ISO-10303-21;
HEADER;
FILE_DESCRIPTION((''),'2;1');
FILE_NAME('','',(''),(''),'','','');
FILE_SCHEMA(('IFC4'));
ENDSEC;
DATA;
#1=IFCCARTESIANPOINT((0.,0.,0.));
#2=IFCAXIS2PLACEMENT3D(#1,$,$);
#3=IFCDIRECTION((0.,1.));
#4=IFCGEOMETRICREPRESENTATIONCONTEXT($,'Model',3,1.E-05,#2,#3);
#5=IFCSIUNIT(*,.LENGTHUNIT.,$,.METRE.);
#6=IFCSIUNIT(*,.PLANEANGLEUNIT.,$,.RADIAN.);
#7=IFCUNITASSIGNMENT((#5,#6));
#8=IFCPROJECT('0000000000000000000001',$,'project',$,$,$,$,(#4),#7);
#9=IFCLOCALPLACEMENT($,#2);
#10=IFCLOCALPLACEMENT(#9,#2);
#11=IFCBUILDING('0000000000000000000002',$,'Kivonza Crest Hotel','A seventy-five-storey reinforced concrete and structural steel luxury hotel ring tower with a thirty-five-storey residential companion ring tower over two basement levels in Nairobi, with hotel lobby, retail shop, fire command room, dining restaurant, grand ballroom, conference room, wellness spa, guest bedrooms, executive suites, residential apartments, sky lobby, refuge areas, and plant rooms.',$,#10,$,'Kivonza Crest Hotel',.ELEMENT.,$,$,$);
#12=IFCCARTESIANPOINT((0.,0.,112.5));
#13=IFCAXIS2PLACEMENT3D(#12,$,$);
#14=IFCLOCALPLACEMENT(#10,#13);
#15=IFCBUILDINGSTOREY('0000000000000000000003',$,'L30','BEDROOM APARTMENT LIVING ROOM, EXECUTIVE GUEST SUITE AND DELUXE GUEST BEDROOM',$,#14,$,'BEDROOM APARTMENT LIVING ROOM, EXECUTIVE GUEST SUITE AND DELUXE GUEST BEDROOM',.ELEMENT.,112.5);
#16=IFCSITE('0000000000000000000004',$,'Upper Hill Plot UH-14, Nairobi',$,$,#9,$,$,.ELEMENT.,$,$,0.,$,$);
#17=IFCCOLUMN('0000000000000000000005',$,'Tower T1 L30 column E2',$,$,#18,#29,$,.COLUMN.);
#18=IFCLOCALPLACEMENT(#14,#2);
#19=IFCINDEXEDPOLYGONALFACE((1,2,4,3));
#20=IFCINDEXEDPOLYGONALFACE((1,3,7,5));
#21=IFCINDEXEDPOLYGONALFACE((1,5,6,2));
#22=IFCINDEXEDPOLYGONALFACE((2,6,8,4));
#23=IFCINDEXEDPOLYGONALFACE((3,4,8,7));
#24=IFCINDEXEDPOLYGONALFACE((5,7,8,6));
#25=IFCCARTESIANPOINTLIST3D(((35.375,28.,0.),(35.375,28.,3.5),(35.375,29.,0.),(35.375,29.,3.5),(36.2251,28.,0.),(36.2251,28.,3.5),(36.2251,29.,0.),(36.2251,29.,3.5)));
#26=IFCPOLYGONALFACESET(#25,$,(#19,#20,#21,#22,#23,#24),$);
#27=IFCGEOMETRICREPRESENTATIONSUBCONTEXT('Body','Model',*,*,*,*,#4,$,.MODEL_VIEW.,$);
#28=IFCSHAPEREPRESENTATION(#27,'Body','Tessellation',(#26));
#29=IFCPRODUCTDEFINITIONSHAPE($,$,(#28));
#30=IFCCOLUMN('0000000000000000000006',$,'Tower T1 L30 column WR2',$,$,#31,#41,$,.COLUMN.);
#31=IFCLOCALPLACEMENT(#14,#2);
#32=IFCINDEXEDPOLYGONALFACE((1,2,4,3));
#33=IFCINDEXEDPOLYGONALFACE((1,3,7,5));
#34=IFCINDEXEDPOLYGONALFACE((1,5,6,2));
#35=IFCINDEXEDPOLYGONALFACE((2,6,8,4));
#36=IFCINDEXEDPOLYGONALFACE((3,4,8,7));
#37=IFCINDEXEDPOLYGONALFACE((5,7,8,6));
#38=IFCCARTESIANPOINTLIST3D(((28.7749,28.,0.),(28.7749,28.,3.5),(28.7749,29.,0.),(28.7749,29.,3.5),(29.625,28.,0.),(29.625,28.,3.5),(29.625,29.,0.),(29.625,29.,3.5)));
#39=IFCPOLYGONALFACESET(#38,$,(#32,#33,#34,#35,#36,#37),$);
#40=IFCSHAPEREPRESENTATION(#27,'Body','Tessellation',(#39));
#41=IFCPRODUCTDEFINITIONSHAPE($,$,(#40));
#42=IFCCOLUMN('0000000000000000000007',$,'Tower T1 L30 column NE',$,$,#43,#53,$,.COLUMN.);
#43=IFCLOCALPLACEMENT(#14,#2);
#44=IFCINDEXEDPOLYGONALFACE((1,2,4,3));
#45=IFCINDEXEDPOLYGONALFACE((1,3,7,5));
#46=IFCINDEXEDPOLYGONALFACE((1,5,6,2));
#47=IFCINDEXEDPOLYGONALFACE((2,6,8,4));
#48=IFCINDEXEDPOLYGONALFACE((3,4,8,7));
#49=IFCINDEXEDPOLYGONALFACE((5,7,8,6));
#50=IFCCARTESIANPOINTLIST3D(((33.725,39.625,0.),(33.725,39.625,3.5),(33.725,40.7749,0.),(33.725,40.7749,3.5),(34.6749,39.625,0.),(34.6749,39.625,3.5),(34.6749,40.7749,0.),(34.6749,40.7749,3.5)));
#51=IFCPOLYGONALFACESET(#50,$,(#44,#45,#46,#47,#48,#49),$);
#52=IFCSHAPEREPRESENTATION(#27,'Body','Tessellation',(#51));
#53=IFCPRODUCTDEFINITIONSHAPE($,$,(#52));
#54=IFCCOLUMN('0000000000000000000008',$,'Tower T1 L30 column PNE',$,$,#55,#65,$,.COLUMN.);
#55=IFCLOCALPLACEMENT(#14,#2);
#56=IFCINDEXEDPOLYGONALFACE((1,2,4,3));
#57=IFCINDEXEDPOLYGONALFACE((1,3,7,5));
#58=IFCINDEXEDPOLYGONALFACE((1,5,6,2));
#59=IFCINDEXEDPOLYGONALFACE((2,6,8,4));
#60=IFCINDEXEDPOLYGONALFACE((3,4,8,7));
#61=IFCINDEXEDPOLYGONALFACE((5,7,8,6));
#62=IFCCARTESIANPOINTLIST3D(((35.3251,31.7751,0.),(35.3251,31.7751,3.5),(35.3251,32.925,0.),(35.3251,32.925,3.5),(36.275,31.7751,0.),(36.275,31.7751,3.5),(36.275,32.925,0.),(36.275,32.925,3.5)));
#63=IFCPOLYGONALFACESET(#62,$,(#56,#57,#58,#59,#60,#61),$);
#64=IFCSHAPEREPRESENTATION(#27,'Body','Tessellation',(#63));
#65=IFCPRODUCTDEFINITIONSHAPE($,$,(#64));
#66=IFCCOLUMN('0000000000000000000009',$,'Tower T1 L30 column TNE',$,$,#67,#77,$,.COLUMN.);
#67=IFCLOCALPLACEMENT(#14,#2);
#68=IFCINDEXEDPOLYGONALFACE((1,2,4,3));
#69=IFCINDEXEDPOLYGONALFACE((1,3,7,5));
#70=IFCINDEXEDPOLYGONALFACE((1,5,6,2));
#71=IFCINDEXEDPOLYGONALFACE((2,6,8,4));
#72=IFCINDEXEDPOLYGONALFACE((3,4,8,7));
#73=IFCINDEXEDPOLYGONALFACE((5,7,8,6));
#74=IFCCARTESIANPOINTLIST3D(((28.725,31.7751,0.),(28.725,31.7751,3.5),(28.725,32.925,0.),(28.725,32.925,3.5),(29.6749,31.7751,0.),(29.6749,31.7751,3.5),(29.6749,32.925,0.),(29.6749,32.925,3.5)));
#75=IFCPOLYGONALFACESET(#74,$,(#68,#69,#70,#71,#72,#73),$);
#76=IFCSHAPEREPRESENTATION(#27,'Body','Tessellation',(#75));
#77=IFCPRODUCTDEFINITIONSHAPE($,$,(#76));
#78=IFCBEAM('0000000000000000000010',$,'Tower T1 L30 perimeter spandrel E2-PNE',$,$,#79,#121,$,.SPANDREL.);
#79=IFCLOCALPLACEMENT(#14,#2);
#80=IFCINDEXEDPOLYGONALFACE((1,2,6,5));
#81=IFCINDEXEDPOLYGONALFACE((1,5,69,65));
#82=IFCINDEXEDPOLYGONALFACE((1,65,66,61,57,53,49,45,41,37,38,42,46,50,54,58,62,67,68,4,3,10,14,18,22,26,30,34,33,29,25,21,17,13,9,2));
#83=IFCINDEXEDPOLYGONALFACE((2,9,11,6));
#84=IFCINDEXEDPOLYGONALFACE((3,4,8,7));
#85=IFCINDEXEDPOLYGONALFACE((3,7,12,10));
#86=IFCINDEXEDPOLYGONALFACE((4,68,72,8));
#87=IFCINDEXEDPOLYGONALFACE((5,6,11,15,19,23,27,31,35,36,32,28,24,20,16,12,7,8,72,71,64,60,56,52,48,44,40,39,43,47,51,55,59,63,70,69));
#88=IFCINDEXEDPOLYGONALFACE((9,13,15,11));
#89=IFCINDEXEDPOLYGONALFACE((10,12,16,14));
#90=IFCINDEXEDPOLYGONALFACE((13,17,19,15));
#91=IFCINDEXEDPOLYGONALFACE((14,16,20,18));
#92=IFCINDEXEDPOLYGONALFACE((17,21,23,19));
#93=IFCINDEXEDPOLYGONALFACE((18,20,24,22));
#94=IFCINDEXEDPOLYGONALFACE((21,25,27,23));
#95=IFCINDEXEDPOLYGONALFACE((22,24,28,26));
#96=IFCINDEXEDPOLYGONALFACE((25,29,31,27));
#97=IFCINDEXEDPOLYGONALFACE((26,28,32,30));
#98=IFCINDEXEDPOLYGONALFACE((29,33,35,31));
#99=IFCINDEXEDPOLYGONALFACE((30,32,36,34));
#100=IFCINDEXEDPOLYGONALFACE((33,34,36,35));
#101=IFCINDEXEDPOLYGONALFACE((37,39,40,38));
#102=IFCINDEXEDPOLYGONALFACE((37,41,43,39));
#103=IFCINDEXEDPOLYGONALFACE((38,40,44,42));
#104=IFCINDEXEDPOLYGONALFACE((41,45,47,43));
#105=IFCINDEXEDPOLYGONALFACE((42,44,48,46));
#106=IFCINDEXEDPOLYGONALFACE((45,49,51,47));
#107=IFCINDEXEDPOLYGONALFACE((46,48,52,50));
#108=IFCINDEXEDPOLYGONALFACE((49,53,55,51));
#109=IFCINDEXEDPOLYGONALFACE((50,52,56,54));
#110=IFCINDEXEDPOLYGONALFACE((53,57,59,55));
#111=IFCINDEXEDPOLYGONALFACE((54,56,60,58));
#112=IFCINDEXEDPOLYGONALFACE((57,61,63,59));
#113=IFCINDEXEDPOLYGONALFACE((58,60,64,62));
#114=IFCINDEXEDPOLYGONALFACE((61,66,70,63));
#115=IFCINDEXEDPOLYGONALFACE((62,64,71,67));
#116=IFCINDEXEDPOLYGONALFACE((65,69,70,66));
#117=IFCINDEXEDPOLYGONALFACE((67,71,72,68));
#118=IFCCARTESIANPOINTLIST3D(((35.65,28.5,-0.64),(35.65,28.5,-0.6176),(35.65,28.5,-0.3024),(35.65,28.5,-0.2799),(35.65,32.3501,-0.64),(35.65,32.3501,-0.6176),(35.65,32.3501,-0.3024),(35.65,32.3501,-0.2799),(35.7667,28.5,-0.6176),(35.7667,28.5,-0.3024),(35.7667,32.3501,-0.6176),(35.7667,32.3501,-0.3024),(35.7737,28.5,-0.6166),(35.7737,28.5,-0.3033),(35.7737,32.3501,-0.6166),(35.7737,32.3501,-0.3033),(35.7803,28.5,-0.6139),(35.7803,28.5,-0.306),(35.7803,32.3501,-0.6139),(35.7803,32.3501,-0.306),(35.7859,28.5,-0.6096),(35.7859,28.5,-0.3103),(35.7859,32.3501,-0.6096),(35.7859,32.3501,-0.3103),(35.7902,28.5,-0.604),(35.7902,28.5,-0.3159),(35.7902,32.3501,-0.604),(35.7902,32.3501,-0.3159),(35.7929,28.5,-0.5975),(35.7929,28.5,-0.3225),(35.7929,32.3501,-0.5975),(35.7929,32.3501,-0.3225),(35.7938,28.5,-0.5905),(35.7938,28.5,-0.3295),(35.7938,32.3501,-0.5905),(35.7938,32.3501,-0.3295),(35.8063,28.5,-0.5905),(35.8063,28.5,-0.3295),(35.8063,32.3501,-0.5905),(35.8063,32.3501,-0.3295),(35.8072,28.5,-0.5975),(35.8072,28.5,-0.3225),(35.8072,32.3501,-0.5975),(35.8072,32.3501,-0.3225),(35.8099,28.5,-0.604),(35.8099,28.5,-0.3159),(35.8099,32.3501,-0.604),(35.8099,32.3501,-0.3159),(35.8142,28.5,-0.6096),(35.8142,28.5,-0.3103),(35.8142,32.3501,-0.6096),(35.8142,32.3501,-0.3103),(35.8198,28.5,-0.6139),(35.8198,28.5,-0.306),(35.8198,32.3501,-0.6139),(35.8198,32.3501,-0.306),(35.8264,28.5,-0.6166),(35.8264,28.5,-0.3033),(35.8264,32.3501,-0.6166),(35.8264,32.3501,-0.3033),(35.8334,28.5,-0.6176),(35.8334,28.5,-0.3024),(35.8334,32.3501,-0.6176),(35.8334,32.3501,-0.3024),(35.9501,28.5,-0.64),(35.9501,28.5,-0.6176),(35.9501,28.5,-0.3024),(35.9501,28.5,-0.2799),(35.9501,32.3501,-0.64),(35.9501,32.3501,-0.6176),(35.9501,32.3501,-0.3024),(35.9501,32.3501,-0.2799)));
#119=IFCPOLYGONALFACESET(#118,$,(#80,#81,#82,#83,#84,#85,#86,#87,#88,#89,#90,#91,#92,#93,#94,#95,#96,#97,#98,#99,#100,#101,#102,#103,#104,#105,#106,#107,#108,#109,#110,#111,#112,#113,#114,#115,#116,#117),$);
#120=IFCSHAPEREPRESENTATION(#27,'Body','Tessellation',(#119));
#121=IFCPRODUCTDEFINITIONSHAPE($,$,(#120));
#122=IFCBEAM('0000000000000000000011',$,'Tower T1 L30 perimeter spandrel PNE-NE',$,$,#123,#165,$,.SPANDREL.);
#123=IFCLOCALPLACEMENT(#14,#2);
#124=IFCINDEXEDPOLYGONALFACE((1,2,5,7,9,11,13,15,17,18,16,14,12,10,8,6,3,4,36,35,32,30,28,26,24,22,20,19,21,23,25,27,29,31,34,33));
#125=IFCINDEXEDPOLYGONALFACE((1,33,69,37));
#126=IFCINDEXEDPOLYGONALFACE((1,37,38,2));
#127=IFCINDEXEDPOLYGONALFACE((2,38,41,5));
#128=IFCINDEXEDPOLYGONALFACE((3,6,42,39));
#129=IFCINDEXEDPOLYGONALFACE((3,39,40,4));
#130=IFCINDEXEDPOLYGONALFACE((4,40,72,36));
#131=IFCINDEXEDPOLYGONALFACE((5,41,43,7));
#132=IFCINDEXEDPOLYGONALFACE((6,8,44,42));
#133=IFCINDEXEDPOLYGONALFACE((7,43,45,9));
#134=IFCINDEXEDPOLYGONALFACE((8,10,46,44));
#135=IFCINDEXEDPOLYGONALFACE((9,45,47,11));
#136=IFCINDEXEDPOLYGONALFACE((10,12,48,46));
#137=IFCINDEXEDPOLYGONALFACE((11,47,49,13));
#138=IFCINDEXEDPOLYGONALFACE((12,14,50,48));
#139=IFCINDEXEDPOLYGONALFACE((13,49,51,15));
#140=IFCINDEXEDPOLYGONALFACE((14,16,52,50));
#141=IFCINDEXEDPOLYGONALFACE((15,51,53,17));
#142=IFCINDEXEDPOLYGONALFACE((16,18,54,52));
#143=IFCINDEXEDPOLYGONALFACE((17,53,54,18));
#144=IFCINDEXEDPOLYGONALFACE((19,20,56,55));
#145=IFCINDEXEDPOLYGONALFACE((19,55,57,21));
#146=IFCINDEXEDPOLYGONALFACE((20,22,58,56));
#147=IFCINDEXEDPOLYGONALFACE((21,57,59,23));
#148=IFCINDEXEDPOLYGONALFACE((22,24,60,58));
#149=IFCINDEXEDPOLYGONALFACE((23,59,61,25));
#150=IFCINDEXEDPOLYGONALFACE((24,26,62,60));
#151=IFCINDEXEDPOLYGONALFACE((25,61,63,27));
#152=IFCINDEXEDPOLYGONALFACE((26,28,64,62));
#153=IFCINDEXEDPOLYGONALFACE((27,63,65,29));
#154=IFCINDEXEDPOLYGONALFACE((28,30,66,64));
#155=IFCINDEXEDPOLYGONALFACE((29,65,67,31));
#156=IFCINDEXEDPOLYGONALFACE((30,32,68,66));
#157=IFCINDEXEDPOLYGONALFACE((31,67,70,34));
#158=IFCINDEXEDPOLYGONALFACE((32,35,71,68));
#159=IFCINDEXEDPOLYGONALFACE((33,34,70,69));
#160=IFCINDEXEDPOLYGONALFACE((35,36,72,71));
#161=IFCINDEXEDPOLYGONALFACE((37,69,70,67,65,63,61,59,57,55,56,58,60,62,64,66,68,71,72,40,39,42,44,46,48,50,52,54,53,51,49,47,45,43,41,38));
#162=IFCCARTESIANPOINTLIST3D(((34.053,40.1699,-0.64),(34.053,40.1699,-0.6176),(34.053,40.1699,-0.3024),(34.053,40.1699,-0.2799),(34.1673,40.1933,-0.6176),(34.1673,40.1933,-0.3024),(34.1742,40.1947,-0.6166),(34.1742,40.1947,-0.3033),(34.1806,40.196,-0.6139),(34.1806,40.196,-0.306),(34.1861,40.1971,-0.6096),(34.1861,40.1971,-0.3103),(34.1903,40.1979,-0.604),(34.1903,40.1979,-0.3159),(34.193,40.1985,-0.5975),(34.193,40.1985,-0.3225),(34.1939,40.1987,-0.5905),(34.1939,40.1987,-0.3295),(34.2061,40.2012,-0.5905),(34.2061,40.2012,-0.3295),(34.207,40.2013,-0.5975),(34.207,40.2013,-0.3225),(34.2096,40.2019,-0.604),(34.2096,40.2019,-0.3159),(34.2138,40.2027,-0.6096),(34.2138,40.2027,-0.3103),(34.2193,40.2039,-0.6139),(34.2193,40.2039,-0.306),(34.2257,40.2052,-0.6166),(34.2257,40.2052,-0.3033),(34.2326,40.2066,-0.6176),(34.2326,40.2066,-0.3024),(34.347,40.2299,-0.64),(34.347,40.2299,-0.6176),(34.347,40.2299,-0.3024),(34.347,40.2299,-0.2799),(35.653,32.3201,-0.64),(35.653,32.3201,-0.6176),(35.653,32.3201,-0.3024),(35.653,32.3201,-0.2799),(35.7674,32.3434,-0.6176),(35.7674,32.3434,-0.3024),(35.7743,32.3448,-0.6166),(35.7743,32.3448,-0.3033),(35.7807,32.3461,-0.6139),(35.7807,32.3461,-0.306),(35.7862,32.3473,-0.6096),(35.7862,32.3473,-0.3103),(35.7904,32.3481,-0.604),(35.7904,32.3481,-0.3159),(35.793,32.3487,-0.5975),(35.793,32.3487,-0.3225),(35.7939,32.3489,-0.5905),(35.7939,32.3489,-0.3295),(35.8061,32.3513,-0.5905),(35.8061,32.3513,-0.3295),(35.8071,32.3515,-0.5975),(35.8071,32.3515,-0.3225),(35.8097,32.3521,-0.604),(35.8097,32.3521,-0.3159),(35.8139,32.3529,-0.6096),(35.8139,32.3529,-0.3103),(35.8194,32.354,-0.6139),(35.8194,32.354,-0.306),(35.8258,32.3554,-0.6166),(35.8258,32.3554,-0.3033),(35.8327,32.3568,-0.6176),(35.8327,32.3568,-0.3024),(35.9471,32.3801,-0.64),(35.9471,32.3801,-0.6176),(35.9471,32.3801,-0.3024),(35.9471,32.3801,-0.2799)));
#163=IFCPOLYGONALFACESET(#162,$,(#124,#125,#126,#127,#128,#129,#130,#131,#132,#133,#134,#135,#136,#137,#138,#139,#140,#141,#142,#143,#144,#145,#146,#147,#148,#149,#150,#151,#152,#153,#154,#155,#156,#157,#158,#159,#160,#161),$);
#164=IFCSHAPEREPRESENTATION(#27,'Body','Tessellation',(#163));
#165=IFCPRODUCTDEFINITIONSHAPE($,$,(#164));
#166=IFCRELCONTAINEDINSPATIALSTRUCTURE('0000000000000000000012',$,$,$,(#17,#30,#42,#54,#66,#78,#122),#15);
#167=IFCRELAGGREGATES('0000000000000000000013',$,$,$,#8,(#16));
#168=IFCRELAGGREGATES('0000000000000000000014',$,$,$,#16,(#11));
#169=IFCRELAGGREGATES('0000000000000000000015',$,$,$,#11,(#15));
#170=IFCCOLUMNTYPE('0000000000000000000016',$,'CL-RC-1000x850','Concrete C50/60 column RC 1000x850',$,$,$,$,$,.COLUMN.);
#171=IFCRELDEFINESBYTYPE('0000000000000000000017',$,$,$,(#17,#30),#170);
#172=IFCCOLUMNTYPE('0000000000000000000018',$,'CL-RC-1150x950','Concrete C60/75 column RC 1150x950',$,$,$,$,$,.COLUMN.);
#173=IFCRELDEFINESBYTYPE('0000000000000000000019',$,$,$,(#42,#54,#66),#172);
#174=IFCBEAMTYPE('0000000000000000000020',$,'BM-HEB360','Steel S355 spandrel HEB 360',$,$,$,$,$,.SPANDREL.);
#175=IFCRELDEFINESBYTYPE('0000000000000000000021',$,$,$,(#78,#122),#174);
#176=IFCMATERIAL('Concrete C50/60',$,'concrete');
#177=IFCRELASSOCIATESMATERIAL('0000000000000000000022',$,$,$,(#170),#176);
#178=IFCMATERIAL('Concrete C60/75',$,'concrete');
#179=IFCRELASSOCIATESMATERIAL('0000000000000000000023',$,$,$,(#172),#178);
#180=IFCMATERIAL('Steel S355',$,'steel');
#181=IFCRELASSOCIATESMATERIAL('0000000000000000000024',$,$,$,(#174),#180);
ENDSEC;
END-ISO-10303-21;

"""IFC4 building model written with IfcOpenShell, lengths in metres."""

from ifc_helpers import new_model, si_unit, direction, frame, origin, origin_2d, place, context, subcontext, project, spatial, rectangle, i_section, extrude, material, material_profile, profile_set, type_object, element, save


model = new_model("IFC4")

# Units and contexts
model_context = context("Model", 3, precision=1e-05, world=origin(), true_north=direction((0.0, 1.0)))
body_context = subcontext(model_context, "Body", "Model", "MODEL_VIEW")
ifc_project = project(units=[si_unit("LENGTHUNIT", "METRE"), si_unit("PLANEANGLEUNIT", "RADIAN")], contexts=[model_context])

# Site, building, storey
site_placement = place(None, origin())
site = spatial("IfcSite", under=ifc_project, at=site_placement, Name="Upper Hill Plot UH-14, Nairobi", CompositionType="ELEMENT", RefElevation=0.0)
building_placement = place(site_placement, origin())
building = spatial("IfcBuilding", under=site, at=building_placement, Name="Kivonza Crest Hotel", Description="A seventy-five-storey reinforced concrete and structural steel luxury hotel ring tower with a thirty-five-storey residential companion ring tower over two basement levels in Nairobi, with hotel lobby, retail shop, fire command room, dining restaurant, grand ballroom, conference room, wellness spa, guest bedrooms, executive suites, residential apartments, sky lobby, refuge areas, and plant rooms.", LongName="Kivonza Crest Hotel", CompositionType="ELEMENT")
storey_placement = place(building_placement, frame((0.0, 0.0, 112.5)))
storey = spatial("IfcBuildingStorey", under=building, at=storey_placement, Name="L30", Description="BEDROOM APARTMENT LIVING ROOM, EXECUTIVE GUEST SUITE AND DELUXE GUEST BEDROOM", LongName="BEDROOM APARTMENT LIVING ROOM, EXECUTIVE GUEST SUITE AND DELUXE GUEST BEDROOM", CompositionType="ELEMENT", Elevation=112.5)

# Columns
ifc_material_1 = material(Name="Concrete C50/60", Category="concrete")
ifc_material_profile_1 = material_profile(ifc_material_1, rectangle(XDim=0.8501, YDim=1.0, at=origin_2d()), Name="RC 1000x850")
ifc_profile_set_1 = profile_set([ifc_material_profile_1], Name="Concrete C50/60")
column_type_1 = type_object("IfcColumnType", Name="CL-RC-1000x850", Description="Concrete C50/60 column RC 1000x850", PredefinedType="COLUMN", material=ifc_profile_set_1)
for number, where, z_axis, x_axis, name in (
    (1, (35.8, 28.5, 0.0), (0.0, 0.0, 1.0), (1.0, 0.0, 0.0), "Tower T1 L30 column E2"),
    (2, (29.2, 28.5, 0.0), (0.0, 0.0, 1.0), (1.0, 0.0, 0.0), "Tower T1 L30 column WR2"),
):
    element("IfcColumn", number, at=place(storey_placement, frame(where, z_axis=z_axis, x_axis=x_axis)), inside=storey, type_object=column_type_1, Name=name, PredefinedType="COLUMN", context=body_context, shape_type="SweptSolid", body=[
        extrude(rectangle(XDim=0.8501, YDim=1.0, at=origin_2d()), origin(), (0.0, 0.0, 1.0), 3.5),
    ])
ifc_material_2 = material(Name="Concrete C60/75", Category="concrete")
ifc_material_profile_2 = material_profile(ifc_material_2, rectangle(XDim=0.95, YDim=1.1499, at=origin_2d()), Name="RC 1150x950")
ifc_profile_set_2 = profile_set([ifc_material_profile_2], Name="Concrete C60/75")
column_type_2 = type_object("IfcColumnType", Name="CL-RC-1150x950", Description="Concrete C60/75 column RC 1150x950", PredefinedType="COLUMN", material=ifc_profile_set_2)
for number, where, z_axis, x_axis, name in (
    (3, (34.2, 40.2, 0.0), (0.0, 0.0, 1.0), (1.0, 0.0, 0.0), "Tower T1 L30 column NE"),
    (4, (35.8, 32.3501, 0.0), (0.0, 0.0, 1.0), (1.0, 0.0, 0.0), "Tower T1 L30 column PNE"),
    (5, (29.2, 32.3501, 0.0), (0.0, 0.0, 1.0), (1.0, 0.0, 0.0), "Tower T1 L30 column TNE"),
):
    element("IfcColumn", number, at=place(storey_placement, frame(where, z_axis=z_axis, x_axis=x_axis)), inside=storey, type_object=column_type_2, Name=name, PredefinedType="COLUMN", context=body_context, shape_type="SweptSolid", body=[
        extrude(rectangle(XDim=0.95, YDim=1.1499, at=origin_2d()), origin(), (0.0, 0.0, 1.0), 3.5),
    ])

# Beams
ifc_material_3 = material(Name="Steel S355", Category="steel")
ifc_material_profile_3 = material_profile(ifc_material_3, i_section(OverallWidth=0.3, OverallDepth=0.3601, WebThickness=0.0125, FlangeThickness=0.0225, FilletRadius=0.0271, at=origin_2d()), Name="HEB 360")
ifc_profile_set_3 = profile_set([ifc_material_profile_3], Name="Steel S355")
beam_type_1 = type_object("IfcBeamType", Name="BM-HEB360", Description="Steel S355 spandrel HEB 360", PredefinedType="SPANDREL", material=ifc_profile_set_3)
beam_1_placement = place(storey_placement, frame((35.8, 28.5, -0.46), z_axis=(0.0, 1.0, 0.0), x_axis=(-1.0, 0.0, 0.0)))
element("IfcBeam", 6, at=beam_1_placement, inside=storey, type_object=beam_type_1, Name="Tower T1 L30 perimeter spandrel E2-PNE", PredefinedType="SPANDREL", context=body_context, shape_type="SweptSolid", body=[
    extrude(i_section(OverallWidth=0.3, OverallDepth=0.3601, WebThickness=0.0125, FlangeThickness=0.0225, FilletRadius=0.0271, at=origin_2d()), origin(), (0.0, 0.0, 1.0), 3.8501),
])
beam_2_placement = place(storey_placement, frame((35.8, 32.3501, -0.46), z_axis=(-0.199731, 0.979851, 0.0), x_axis=(-0.979851, -0.199731, 0.0)))
element("IfcBeam", 7, at=beam_2_placement, inside=storey, type_object=beam_type_1, Name="Tower T1 L30 perimeter spandrel PNE-NE", PredefinedType="SPANDREL", context=body_context, shape_type="SweptSolid", body=[
    extrude(i_section(OverallWidth=0.3, OverallDepth=0.3601, WebThickness=0.0125, FlangeThickness=0.0225, FilletRadius=0.0271, at=origin_2d()), origin(), (0.0, 0.0, 1.0), 8.0112),
])

save(model, "model.ifc")
